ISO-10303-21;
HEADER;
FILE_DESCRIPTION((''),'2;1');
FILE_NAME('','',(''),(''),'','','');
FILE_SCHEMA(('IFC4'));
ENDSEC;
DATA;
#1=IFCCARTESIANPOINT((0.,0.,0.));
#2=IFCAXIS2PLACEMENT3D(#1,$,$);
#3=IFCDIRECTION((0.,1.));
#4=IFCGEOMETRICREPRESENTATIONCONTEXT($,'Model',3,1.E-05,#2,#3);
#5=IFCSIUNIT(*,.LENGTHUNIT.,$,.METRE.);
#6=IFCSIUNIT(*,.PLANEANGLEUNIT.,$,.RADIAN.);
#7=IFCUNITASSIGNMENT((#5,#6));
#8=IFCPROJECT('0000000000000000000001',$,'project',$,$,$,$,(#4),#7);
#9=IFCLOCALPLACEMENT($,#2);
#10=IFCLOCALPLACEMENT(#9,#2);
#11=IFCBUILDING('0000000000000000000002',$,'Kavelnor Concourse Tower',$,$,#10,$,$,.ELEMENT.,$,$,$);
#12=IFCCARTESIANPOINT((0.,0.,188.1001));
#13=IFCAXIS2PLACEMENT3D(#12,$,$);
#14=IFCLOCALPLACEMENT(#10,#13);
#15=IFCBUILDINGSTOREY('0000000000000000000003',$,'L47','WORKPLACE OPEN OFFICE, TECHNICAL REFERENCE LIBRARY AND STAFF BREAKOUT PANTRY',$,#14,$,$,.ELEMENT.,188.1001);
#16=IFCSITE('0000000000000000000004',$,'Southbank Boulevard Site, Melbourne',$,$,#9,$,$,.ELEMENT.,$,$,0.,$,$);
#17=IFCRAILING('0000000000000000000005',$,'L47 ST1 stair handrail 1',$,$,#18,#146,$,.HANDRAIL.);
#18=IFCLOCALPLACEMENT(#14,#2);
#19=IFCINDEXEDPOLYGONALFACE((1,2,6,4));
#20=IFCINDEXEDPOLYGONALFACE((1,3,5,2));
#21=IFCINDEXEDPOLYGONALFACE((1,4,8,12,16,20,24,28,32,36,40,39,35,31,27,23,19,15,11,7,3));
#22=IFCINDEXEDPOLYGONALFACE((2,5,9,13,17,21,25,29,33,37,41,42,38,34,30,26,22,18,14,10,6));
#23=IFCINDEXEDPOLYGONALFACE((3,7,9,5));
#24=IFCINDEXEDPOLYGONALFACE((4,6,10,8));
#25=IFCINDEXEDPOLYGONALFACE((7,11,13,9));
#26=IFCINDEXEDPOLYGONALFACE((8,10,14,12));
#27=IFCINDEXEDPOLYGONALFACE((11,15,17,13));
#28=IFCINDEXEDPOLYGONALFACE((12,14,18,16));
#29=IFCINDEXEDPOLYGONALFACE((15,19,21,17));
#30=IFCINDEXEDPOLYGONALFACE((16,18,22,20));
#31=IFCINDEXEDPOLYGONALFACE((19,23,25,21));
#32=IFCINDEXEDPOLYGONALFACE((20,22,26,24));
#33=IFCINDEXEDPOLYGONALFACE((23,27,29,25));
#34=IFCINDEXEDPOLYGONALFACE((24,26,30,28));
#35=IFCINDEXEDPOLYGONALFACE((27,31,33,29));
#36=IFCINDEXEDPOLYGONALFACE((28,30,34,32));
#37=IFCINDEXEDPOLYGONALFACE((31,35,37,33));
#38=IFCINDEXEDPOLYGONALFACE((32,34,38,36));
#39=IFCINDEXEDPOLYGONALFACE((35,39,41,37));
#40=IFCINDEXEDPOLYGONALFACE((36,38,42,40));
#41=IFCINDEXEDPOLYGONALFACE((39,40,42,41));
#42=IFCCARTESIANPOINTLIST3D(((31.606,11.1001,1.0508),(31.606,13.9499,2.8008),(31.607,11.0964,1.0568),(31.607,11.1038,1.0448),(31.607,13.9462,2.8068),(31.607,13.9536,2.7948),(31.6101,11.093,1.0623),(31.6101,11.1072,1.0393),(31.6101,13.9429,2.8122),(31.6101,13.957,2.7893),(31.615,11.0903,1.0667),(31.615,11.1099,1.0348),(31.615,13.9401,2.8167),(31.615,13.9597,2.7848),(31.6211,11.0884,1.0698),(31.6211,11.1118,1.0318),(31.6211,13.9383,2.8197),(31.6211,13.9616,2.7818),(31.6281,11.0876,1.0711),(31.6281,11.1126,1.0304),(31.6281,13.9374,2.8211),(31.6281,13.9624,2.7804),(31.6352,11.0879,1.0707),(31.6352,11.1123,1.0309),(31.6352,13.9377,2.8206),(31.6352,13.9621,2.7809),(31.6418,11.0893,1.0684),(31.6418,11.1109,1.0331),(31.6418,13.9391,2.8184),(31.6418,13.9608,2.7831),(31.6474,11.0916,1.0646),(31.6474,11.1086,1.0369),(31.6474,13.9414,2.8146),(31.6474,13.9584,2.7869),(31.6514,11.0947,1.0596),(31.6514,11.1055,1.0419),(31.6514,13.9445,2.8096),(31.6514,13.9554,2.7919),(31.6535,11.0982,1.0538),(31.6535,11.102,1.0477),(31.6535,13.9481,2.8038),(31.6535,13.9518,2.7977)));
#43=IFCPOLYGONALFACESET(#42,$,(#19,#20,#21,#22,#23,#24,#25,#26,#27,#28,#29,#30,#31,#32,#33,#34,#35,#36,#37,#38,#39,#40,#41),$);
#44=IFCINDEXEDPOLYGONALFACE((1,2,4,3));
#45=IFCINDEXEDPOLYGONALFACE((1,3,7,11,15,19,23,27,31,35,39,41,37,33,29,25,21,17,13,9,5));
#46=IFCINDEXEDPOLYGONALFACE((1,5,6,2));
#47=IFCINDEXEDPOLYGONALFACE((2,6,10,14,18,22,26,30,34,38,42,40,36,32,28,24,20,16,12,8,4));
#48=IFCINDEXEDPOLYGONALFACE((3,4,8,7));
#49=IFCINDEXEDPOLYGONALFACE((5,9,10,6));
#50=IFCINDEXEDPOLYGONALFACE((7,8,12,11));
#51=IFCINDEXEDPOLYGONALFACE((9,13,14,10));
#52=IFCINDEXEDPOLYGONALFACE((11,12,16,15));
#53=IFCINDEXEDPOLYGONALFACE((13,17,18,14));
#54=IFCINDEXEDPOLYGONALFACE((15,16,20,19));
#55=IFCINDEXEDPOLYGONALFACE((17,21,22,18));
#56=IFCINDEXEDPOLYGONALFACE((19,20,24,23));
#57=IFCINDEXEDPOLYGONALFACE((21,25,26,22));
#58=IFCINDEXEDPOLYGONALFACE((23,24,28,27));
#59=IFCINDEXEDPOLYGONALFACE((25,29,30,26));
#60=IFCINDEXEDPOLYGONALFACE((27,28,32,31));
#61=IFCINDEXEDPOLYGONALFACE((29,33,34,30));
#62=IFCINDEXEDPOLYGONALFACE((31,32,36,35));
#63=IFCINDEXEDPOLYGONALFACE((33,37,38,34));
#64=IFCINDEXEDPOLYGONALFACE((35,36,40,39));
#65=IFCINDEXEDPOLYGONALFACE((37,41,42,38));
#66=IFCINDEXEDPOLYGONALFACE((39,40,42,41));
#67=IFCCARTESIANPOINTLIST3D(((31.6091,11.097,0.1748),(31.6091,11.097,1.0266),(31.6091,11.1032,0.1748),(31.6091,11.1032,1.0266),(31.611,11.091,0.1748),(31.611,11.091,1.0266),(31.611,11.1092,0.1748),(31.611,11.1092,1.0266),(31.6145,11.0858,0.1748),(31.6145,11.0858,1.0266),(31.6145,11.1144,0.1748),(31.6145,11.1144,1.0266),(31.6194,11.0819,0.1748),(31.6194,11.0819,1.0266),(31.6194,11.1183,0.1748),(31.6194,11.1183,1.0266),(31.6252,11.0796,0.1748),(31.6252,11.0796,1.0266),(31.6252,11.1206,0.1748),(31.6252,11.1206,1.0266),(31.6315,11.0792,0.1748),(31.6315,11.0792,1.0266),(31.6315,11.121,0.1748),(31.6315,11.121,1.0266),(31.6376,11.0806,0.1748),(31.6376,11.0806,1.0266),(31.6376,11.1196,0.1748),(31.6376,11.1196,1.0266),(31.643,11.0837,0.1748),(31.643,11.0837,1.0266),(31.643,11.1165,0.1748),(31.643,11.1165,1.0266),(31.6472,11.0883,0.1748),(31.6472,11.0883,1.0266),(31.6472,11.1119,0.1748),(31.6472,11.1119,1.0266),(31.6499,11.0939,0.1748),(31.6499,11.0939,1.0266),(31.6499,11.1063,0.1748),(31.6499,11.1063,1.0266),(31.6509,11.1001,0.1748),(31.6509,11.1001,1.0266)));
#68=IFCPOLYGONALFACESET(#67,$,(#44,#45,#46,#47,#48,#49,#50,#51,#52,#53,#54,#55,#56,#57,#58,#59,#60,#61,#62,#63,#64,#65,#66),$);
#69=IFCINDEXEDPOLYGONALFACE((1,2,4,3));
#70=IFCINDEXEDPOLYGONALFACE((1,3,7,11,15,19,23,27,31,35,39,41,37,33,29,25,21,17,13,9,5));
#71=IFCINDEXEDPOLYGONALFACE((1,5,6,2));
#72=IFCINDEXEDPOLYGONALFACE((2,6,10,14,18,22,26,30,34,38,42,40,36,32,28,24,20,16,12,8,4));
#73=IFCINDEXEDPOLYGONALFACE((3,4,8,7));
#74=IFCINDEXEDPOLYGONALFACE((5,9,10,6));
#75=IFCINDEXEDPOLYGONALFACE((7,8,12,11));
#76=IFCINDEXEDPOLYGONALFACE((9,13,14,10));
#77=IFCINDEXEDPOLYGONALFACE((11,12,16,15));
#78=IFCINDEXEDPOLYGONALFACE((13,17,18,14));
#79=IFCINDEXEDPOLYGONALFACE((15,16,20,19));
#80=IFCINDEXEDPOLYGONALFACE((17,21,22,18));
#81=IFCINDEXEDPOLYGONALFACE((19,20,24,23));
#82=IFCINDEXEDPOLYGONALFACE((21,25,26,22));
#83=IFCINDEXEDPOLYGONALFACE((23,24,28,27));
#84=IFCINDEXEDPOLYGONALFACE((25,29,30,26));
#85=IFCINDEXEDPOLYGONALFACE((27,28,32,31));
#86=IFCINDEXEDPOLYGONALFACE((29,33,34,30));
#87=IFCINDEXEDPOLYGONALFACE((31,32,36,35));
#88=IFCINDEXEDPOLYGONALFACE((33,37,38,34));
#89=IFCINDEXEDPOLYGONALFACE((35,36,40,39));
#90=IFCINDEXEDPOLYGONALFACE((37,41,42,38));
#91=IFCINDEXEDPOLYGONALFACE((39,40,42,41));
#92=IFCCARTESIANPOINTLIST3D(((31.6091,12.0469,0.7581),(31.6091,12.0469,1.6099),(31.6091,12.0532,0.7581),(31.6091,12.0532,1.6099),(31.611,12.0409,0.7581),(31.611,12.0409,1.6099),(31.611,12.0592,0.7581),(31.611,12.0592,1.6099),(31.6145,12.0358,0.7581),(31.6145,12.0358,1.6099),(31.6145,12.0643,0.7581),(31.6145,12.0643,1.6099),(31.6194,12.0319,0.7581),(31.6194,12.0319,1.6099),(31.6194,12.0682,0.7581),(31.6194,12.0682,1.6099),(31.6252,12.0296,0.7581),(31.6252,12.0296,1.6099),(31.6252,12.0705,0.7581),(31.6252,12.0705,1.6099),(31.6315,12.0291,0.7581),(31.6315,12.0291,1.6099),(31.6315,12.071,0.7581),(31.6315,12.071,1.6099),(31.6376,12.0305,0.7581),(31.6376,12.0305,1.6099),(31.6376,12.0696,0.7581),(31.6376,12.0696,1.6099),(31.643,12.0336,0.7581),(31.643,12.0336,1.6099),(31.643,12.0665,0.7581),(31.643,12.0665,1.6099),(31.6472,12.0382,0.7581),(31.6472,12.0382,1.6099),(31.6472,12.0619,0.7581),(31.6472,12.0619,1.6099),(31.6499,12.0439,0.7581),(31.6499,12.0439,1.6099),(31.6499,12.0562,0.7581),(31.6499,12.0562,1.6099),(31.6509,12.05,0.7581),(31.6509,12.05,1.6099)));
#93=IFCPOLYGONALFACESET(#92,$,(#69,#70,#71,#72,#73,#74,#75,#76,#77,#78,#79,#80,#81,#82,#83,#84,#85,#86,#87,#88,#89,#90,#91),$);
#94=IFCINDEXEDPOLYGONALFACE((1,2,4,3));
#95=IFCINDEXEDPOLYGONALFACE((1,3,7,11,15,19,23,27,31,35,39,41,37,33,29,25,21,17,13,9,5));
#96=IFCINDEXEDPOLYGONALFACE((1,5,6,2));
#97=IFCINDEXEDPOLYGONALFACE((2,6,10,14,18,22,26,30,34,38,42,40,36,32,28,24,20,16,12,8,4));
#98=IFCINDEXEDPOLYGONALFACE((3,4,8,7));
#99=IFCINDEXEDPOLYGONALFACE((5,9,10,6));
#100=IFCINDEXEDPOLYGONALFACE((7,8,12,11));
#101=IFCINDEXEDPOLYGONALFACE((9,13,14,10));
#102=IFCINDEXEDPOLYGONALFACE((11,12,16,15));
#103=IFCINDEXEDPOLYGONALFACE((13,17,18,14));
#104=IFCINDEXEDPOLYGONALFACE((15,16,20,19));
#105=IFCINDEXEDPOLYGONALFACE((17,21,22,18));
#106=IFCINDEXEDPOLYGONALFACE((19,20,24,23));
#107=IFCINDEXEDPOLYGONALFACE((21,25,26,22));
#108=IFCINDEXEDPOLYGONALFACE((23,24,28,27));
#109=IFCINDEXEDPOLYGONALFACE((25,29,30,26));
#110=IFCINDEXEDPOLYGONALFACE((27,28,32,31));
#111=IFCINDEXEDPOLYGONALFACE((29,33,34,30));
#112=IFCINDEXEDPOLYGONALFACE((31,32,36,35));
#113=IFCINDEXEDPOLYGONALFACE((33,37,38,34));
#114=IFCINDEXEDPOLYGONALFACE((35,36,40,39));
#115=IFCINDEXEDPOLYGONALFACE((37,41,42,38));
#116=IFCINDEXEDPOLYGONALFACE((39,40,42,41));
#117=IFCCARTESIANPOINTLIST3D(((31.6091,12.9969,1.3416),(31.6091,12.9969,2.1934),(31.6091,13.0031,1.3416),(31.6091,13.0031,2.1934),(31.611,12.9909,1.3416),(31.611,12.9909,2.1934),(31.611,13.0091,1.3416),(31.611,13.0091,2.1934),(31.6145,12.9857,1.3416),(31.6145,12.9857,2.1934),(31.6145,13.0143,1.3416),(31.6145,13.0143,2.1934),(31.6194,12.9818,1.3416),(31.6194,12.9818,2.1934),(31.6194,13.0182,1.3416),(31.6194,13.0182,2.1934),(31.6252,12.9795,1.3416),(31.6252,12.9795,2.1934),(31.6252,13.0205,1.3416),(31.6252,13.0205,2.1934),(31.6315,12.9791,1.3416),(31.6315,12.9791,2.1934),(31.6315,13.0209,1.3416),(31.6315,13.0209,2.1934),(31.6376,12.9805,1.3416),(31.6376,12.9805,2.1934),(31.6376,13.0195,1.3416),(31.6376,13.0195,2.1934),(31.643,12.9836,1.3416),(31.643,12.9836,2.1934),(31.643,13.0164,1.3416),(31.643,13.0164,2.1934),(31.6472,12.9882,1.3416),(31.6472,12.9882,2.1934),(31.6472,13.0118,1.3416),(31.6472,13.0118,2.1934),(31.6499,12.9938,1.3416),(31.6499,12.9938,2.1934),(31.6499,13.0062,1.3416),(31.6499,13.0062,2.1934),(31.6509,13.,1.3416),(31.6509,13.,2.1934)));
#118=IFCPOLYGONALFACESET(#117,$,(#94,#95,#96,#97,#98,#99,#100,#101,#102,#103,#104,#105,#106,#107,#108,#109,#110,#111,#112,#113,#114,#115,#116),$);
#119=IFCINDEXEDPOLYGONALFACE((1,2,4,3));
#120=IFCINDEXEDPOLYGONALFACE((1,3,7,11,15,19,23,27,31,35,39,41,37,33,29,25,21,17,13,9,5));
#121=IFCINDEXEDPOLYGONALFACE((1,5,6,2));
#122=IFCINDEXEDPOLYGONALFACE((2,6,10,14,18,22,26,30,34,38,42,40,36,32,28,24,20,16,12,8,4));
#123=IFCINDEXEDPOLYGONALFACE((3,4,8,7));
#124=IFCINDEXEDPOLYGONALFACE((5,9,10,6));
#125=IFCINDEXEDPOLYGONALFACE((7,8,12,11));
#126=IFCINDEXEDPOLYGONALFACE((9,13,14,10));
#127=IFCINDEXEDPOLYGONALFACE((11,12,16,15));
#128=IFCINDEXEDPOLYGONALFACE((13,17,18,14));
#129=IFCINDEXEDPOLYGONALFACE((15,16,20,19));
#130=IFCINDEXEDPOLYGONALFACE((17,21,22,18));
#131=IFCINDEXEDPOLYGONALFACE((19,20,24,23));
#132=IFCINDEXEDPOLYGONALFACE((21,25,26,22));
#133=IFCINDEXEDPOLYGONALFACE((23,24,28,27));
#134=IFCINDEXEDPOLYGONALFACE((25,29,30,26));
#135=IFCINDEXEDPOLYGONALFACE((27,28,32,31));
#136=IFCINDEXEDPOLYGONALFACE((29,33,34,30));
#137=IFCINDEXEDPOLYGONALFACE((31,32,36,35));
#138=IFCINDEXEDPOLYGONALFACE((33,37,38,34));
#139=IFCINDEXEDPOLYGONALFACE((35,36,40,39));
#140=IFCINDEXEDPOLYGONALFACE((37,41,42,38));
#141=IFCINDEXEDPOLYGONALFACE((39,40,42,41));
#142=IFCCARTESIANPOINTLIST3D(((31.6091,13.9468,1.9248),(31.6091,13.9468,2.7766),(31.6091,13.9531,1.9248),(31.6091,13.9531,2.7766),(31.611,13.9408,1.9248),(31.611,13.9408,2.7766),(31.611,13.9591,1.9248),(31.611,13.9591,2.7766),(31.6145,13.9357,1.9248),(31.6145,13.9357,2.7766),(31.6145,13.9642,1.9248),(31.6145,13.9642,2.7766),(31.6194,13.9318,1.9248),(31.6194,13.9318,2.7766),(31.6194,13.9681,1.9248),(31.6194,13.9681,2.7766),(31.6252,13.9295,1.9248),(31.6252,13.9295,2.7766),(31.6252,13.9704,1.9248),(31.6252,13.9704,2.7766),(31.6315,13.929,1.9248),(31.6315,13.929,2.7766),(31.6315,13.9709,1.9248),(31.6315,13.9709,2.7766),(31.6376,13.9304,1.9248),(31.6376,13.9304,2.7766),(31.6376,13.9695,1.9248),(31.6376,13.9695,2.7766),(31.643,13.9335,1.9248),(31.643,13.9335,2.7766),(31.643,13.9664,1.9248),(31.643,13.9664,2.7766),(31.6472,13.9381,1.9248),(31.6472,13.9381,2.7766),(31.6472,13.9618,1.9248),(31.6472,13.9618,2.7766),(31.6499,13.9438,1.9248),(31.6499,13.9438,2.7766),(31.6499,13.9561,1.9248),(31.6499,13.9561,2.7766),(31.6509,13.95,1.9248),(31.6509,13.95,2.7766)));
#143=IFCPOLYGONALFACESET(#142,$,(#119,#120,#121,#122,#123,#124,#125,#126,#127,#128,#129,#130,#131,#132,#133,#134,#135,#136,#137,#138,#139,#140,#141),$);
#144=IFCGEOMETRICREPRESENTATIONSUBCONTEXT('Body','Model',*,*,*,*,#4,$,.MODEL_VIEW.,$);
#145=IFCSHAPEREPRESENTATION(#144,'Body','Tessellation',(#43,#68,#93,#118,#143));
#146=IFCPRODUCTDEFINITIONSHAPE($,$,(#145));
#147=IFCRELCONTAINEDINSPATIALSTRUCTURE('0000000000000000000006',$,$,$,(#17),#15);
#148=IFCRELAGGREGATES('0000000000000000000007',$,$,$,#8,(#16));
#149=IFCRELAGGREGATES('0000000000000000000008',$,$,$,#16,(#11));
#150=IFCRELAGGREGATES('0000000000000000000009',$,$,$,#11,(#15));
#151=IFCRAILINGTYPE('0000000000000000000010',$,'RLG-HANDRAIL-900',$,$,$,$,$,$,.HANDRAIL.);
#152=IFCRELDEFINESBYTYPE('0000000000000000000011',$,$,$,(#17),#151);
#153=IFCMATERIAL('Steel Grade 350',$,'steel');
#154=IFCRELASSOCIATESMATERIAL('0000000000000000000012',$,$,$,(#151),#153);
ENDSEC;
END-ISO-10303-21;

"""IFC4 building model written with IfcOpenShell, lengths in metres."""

from ifc_helpers import new_model, si_unit, direction, frame, origin, origin_2d, place, context, subcontext, project, spatial, circle, extrude, material, type_object, element, save


model = new_model("IFC4")

# Units and contexts
model_context = context("Model", 3, precision=1e-05, world=origin(), true_north=direction((0.0, 1.0)))
body_context = subcontext(model_context, "Body", "Model", "MODEL_VIEW")
ifc_project = project(units=[si_unit("LENGTHUNIT", "METRE"), si_unit("PLANEANGLEUNIT", "RADIAN")], contexts=[model_context])

# Site, building, storey
site_placement = place(None, origin())
site = spatial("IfcSite", under=ifc_project, at=site_placement, Name="Southbank Boulevard Site, Melbourne", CompositionType="ELEMENT", RefElevation=0.0)
building_placement = place(site_placement, origin())
building = spatial("IfcBuilding", under=site, at=building_placement, Name="Kavelnor Concourse Tower", CompositionType="ELEMENT")
storey_placement = place(building_placement, frame((0.0, 0.0, 188.1001)))
storey = spatial("IfcBuildingStorey", under=building, at=storey_placement, Name="L47", Description="WORKPLACE OPEN OFFICE, TECHNICAL REFERENCE LIBRARY AND STAFF BREAKOUT PANTRY", CompositionType="ELEMENT", Elevation=188.1001)

# Shared definitions
ifc_material_1 = material(Name="Steel Grade 350", Category="steel")

# Railing
railing_type_1 = type_object("IfcRailingType", Name="RLG-HANDRAIL-900", PredefinedType="HANDRAIL", material=ifc_material_1)
railing_1_placement = place(storey_placement, frame((31.6299, 11.1001, 0.1748)))
element("IfcRailing", 1, at=railing_1_placement, inside=storey, type_object=railing_type_1, Name="L47 ST1 stair handrail 1", PredefinedType="HANDRAIL", context=body_context, shape_type="SweptSolid", body=[
    extrude(circle(Radius=0.0239, at=origin_2d()), frame((0.0, 0.0, 0.876), z_axis=(0.0, 0.852159, 0.523283), x_axis=(-1.0, 0.0, 0.0)), (0.0, 0.0, 1.0), 3.3442),
    extrude(circle(Radius=0.021, at=origin_2d()), origin(), (0.0, 0.0, 1.0), 0.8518),
    extrude(circle(Radius=0.021, at=origin_2d()), frame((0.0, 0.95, 0.5833)), (0.0, 0.0, 1.0), 0.8518),
    extrude(circle(Radius=0.021, at=origin_2d()), frame((0.0, 1.8999, 1.1667)), (0.0, 0.0, 1.0), 0.8518),
    extrude(circle(Radius=0.021, at=origin_2d()), frame((0.0, 2.8499, 1.75)), (0.0, 0.0, 1.0), 0.8518),
])

save(model, "model.ifc")
